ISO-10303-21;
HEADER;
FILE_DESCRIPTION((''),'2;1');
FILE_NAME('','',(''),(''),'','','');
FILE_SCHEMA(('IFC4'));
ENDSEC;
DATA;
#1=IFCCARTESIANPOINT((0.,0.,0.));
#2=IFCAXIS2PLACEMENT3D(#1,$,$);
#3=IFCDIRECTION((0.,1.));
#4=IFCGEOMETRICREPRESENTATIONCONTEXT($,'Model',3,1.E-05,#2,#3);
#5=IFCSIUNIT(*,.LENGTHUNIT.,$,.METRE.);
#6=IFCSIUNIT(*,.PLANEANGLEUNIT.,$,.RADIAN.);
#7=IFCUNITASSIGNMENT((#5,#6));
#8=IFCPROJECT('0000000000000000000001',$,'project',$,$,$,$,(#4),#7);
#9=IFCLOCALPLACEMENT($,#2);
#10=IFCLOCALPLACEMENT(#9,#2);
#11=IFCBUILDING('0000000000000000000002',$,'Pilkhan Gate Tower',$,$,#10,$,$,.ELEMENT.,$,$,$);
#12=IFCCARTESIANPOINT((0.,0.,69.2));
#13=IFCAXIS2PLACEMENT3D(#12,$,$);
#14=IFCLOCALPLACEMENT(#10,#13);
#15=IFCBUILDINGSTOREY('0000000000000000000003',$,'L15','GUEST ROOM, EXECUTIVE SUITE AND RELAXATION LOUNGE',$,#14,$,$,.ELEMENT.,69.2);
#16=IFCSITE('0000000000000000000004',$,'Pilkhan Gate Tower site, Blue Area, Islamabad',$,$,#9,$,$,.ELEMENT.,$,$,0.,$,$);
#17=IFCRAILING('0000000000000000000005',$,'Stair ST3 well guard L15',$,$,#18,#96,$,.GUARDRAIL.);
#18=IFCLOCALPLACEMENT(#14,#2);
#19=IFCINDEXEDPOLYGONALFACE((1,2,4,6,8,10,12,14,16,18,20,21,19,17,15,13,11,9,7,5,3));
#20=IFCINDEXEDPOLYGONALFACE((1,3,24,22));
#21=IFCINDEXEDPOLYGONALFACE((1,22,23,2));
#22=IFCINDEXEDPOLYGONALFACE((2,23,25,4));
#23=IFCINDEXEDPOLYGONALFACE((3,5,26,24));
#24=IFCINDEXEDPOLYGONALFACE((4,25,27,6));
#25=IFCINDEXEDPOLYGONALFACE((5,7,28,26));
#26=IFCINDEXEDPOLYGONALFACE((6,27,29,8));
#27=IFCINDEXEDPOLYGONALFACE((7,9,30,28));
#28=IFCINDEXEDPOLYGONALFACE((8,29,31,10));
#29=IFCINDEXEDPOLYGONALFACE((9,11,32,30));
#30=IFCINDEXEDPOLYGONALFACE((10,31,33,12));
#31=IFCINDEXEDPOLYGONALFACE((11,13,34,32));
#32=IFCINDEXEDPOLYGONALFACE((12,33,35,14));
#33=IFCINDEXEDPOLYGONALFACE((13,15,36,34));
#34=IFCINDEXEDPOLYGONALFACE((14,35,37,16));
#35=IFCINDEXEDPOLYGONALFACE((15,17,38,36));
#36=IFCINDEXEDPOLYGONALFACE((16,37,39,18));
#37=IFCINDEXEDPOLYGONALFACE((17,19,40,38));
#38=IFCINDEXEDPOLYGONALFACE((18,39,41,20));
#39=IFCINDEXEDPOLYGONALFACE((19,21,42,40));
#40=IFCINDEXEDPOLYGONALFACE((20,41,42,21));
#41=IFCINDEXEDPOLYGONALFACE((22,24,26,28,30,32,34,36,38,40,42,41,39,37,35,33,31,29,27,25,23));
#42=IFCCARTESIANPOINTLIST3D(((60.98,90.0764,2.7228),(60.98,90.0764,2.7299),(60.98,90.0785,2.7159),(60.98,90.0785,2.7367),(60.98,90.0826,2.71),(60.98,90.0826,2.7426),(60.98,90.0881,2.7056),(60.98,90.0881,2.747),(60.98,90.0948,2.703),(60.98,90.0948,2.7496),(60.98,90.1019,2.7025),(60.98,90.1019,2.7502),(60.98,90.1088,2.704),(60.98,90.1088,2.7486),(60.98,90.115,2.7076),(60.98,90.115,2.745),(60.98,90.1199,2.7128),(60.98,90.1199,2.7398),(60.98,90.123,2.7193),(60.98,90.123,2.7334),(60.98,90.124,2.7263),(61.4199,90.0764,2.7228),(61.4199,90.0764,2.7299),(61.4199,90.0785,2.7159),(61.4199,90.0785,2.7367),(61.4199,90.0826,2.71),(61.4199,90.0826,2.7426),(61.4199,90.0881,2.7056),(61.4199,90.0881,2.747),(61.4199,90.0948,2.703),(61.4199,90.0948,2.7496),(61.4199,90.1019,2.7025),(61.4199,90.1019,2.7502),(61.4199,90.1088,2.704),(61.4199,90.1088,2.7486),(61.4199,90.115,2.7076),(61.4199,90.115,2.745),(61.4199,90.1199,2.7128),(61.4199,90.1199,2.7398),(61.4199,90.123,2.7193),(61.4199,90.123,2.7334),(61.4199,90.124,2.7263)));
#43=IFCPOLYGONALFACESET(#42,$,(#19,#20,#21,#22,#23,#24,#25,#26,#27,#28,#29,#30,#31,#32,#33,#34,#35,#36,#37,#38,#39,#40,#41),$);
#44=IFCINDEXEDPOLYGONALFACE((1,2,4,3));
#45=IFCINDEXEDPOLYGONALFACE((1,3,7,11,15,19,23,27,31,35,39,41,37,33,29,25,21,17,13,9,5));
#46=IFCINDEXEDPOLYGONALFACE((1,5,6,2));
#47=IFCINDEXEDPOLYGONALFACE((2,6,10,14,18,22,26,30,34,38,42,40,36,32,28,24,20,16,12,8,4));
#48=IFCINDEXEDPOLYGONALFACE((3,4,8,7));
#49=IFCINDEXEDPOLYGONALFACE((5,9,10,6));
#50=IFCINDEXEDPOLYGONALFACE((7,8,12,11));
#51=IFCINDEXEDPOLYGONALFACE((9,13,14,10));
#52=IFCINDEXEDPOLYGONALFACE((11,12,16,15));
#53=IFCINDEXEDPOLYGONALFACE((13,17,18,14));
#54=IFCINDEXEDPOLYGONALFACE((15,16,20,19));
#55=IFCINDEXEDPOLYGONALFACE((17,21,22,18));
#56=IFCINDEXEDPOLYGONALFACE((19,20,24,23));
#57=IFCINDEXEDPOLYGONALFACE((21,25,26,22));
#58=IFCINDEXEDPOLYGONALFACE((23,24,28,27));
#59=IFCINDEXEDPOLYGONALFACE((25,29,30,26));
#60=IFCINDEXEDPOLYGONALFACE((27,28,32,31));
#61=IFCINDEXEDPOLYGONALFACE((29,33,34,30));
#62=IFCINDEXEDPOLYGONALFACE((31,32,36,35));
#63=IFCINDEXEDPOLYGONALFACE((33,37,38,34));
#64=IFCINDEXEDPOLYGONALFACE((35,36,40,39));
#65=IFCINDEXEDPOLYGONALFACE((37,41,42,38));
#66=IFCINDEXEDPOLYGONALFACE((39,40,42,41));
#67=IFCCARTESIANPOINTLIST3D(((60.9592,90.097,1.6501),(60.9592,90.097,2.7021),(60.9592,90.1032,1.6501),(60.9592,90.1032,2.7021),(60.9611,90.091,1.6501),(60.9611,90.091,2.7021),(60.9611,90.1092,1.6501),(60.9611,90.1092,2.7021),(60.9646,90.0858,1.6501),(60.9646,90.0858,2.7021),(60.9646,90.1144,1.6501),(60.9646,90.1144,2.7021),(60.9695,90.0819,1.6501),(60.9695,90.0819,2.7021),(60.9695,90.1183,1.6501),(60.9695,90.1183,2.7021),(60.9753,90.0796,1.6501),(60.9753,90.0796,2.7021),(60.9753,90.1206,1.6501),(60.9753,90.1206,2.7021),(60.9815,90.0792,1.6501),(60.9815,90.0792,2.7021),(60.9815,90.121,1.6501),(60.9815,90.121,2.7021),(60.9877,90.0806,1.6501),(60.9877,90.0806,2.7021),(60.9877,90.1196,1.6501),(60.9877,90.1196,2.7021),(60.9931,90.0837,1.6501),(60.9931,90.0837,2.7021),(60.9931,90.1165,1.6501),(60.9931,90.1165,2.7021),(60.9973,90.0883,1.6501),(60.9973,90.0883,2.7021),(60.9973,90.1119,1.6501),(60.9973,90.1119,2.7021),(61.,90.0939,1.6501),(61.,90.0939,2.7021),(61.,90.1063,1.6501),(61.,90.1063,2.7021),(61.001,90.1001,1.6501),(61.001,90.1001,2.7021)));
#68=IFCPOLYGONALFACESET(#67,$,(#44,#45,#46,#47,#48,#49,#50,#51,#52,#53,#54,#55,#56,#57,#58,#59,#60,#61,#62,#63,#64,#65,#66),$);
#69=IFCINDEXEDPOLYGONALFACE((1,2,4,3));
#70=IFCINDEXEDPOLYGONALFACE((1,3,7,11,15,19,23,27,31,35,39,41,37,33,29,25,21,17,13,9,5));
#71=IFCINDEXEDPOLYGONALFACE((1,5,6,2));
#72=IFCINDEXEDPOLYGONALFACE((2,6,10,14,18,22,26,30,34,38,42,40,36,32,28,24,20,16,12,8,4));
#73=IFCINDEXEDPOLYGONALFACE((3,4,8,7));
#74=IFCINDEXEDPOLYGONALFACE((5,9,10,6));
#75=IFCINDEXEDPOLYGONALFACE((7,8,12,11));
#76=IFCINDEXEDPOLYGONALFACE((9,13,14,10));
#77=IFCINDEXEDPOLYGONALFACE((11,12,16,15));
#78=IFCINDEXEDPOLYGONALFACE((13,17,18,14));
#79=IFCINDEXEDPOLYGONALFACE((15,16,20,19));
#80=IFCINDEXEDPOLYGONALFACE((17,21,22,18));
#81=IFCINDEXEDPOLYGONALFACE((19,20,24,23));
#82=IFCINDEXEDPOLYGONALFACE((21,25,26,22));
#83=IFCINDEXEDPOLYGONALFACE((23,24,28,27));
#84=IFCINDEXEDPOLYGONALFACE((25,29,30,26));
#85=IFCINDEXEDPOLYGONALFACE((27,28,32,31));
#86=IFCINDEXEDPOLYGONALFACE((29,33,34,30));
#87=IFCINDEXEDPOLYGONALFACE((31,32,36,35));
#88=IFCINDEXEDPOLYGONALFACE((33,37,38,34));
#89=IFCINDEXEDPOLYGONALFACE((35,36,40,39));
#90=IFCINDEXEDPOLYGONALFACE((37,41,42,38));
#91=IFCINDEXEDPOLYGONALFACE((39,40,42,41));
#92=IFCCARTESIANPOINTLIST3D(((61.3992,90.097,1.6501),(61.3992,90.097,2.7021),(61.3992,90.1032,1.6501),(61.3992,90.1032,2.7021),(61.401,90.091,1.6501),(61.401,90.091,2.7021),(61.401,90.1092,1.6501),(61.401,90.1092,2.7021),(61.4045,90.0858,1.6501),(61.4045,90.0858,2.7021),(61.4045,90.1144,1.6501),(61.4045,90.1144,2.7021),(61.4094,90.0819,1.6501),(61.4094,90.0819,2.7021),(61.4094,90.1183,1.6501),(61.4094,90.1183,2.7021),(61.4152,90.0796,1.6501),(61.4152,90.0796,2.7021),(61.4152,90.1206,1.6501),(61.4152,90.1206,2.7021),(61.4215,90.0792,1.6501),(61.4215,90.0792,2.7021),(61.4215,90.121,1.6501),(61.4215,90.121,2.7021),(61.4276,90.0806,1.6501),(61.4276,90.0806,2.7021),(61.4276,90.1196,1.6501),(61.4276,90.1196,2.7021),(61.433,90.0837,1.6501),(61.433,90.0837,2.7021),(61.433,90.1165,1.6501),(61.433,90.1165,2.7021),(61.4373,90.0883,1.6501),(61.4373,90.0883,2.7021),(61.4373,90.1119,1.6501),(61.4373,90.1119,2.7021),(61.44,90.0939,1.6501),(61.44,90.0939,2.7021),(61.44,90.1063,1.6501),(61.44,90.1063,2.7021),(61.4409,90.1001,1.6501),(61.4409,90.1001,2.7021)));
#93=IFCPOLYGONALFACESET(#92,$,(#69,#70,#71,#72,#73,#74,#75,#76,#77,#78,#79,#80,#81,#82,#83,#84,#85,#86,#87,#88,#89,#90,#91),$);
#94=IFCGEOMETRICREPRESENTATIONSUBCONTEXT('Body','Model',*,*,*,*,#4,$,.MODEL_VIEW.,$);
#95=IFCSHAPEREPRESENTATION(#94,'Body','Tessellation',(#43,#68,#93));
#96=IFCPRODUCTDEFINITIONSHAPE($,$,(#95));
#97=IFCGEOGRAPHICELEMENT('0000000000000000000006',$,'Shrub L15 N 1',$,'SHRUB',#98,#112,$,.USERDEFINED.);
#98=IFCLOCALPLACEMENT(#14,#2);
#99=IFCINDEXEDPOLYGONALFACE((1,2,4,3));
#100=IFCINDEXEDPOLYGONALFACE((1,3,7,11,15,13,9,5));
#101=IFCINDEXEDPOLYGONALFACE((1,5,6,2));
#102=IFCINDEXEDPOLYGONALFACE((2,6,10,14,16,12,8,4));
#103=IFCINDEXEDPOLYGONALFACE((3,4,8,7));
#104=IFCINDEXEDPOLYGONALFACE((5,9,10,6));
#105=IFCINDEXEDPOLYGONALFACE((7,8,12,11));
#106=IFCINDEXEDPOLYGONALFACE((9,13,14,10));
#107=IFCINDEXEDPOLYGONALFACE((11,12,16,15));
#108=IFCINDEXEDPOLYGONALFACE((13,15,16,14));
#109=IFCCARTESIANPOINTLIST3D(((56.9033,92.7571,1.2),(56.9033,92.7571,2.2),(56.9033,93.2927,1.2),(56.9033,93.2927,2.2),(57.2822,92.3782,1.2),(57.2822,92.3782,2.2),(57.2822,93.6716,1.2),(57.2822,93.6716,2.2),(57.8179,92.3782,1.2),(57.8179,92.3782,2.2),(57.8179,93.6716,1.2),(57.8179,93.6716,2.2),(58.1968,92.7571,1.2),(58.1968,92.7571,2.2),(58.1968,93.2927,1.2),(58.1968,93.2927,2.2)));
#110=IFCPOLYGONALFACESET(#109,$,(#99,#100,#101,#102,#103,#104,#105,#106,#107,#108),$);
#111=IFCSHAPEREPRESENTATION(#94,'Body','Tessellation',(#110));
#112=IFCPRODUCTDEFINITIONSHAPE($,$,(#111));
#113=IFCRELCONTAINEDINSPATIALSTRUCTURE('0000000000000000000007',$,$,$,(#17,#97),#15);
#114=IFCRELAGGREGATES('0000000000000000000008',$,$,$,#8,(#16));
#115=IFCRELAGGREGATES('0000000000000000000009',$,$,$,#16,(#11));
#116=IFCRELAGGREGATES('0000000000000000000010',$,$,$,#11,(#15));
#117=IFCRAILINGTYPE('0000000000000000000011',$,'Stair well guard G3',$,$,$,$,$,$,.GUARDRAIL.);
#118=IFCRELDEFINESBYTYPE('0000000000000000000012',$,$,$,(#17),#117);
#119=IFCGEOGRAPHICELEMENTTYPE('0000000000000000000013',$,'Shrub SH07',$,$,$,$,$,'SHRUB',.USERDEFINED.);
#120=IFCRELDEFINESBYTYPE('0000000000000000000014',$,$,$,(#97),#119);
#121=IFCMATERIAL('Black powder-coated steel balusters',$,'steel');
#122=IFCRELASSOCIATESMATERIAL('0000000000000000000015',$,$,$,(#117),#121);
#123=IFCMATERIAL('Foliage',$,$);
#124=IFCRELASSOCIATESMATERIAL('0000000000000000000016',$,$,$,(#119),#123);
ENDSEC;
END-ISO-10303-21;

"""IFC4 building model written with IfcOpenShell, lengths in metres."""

from ifc_helpers import new_model, si_unit, direction, frame, origin, origin_2d, place, context, subcontext, project, spatial, polyline, circle, outline, extrude, material, material_profile, profile_set, type_object, element, save


model = new_model("IFC4")

# Units and contexts
model_context = context("Model", 3, precision=1e-05, world=origin(), true_north=direction((0.0, 1.0)))
body_context = subcontext(model_context, "Body", "Model", "MODEL_VIEW")
ifc_project = project(units=[si_unit("LENGTHUNIT", "METRE"), si_unit("PLANEANGLEUNIT", "RADIAN")], contexts=[model_context])

# Site, building, storey
site_placement = place(None, origin())
site = spatial("IfcSite", under=ifc_project, at=site_placement, Name="Pilkhan Gate Tower site, Blue Area, Islamabad", CompositionType="ELEMENT", RefElevation=0.0)
building_placement = place(site_placement, origin())
building = spatial("IfcBuilding", under=site, at=building_placement, Name="Pilkhan Gate Tower", CompositionType="ELEMENT")
storey_placement = place(building_placement, frame((0.0, 0.0, 69.2)))
storey = spatial("IfcBuildingStorey", under=building, at=storey_placement, Name="L15", Description="GUEST ROOM, EXECUTIVE SUITE AND RELAXATION LOUNGE", CompositionType="ELEMENT", Elevation=69.2)

# Railing
ifc_material_1 = material(Name="Black powder-coated steel balusters", Category="steel")
railing_type_1 = type_object("IfcRailingType", Name="Stair well guard G3", PredefinedType="GUARDRAIL", material=ifc_material_1)
railing_1_placement = place(storey_placement, frame((60.98, 90.1001, 1.6501)))
element("IfcRailing", 1, at=railing_1_placement, inside=storey, type_object=railing_type_1, Name="Stair ST3 well guard L15", PredefinedType="GUARDRAIL", context=body_context, shape_type="SweptSolid", body=[
    extrude(circle(Radius=0.0239, at=origin_2d()), frame((0.0, 0.0, 1.0762), z_axis=(1.0, 0.0, 0.0), x_axis=(0.0, 1.0, 0.0)), (0.0, 0.0, 1.0), 0.4399),
    extrude(circle(Radius=0.021, at=origin_2d()), origin(), (0.0, 0.0, 1.0), 1.052),
    extrude(circle(Radius=0.021, at=origin_2d()), frame((0.4399, 0.0, 0.0)), (0.0, 0.0, 1.0), 1.052),
])

# Geographic element
ifc_material_2 = material(Name="Foliage")
ifc_material_profile_1 = material_profile(ifc_material_2, outline(polyline([(0.6467, 0.2678), (0.2678, 0.6467), (-0.2678, 0.6467), (-0.6467, 0.2678), (-0.6467, -0.2678), (-0.2678, -0.6467), (0.2678, -0.6467), (0.6467, -0.2678), (0.6467, 0.2678)])), Name="Shrub D1.4")
ifc_profile_set_1 = profile_set([ifc_material_profile_1], Name="Foliage")
geographic_element_type = type_object("IfcGeographicElementType", Name="Shrub SH07", ElementType="SHRUB", PredefinedType="USERDEFINED", material=ifc_profile_set_1)
geographic_element_placement = place(storey_placement, frame((57.55, 93.0249, 1.2), z_axis=(0.0, 0.0, 1.0), x_axis=(1.0, 0.0, 0.0)))
element("IfcGeographicElement", 2, at=geographic_element_placement, inside=storey, type_object=geographic_element_type, Name="Shrub L15 N 1", ObjectType="SHRUB", PredefinedType="USERDEFINED", context=body_context, shape_type="SweptSolid", body=[
    extrude(outline(polyline([(0.6467, 0.2678), (0.2678, 0.6467), (-0.2678, 0.6467), (-0.6467, 0.2678), (-0.6467, -0.2678), (-0.2678, -0.6467), (0.2678, -0.6467), (0.6467, -0.2678), (0.6467, 0.2678)])), origin(), (0.0, 0.0, 1.0), 1.0),
])

save(model, "model.ifc")
